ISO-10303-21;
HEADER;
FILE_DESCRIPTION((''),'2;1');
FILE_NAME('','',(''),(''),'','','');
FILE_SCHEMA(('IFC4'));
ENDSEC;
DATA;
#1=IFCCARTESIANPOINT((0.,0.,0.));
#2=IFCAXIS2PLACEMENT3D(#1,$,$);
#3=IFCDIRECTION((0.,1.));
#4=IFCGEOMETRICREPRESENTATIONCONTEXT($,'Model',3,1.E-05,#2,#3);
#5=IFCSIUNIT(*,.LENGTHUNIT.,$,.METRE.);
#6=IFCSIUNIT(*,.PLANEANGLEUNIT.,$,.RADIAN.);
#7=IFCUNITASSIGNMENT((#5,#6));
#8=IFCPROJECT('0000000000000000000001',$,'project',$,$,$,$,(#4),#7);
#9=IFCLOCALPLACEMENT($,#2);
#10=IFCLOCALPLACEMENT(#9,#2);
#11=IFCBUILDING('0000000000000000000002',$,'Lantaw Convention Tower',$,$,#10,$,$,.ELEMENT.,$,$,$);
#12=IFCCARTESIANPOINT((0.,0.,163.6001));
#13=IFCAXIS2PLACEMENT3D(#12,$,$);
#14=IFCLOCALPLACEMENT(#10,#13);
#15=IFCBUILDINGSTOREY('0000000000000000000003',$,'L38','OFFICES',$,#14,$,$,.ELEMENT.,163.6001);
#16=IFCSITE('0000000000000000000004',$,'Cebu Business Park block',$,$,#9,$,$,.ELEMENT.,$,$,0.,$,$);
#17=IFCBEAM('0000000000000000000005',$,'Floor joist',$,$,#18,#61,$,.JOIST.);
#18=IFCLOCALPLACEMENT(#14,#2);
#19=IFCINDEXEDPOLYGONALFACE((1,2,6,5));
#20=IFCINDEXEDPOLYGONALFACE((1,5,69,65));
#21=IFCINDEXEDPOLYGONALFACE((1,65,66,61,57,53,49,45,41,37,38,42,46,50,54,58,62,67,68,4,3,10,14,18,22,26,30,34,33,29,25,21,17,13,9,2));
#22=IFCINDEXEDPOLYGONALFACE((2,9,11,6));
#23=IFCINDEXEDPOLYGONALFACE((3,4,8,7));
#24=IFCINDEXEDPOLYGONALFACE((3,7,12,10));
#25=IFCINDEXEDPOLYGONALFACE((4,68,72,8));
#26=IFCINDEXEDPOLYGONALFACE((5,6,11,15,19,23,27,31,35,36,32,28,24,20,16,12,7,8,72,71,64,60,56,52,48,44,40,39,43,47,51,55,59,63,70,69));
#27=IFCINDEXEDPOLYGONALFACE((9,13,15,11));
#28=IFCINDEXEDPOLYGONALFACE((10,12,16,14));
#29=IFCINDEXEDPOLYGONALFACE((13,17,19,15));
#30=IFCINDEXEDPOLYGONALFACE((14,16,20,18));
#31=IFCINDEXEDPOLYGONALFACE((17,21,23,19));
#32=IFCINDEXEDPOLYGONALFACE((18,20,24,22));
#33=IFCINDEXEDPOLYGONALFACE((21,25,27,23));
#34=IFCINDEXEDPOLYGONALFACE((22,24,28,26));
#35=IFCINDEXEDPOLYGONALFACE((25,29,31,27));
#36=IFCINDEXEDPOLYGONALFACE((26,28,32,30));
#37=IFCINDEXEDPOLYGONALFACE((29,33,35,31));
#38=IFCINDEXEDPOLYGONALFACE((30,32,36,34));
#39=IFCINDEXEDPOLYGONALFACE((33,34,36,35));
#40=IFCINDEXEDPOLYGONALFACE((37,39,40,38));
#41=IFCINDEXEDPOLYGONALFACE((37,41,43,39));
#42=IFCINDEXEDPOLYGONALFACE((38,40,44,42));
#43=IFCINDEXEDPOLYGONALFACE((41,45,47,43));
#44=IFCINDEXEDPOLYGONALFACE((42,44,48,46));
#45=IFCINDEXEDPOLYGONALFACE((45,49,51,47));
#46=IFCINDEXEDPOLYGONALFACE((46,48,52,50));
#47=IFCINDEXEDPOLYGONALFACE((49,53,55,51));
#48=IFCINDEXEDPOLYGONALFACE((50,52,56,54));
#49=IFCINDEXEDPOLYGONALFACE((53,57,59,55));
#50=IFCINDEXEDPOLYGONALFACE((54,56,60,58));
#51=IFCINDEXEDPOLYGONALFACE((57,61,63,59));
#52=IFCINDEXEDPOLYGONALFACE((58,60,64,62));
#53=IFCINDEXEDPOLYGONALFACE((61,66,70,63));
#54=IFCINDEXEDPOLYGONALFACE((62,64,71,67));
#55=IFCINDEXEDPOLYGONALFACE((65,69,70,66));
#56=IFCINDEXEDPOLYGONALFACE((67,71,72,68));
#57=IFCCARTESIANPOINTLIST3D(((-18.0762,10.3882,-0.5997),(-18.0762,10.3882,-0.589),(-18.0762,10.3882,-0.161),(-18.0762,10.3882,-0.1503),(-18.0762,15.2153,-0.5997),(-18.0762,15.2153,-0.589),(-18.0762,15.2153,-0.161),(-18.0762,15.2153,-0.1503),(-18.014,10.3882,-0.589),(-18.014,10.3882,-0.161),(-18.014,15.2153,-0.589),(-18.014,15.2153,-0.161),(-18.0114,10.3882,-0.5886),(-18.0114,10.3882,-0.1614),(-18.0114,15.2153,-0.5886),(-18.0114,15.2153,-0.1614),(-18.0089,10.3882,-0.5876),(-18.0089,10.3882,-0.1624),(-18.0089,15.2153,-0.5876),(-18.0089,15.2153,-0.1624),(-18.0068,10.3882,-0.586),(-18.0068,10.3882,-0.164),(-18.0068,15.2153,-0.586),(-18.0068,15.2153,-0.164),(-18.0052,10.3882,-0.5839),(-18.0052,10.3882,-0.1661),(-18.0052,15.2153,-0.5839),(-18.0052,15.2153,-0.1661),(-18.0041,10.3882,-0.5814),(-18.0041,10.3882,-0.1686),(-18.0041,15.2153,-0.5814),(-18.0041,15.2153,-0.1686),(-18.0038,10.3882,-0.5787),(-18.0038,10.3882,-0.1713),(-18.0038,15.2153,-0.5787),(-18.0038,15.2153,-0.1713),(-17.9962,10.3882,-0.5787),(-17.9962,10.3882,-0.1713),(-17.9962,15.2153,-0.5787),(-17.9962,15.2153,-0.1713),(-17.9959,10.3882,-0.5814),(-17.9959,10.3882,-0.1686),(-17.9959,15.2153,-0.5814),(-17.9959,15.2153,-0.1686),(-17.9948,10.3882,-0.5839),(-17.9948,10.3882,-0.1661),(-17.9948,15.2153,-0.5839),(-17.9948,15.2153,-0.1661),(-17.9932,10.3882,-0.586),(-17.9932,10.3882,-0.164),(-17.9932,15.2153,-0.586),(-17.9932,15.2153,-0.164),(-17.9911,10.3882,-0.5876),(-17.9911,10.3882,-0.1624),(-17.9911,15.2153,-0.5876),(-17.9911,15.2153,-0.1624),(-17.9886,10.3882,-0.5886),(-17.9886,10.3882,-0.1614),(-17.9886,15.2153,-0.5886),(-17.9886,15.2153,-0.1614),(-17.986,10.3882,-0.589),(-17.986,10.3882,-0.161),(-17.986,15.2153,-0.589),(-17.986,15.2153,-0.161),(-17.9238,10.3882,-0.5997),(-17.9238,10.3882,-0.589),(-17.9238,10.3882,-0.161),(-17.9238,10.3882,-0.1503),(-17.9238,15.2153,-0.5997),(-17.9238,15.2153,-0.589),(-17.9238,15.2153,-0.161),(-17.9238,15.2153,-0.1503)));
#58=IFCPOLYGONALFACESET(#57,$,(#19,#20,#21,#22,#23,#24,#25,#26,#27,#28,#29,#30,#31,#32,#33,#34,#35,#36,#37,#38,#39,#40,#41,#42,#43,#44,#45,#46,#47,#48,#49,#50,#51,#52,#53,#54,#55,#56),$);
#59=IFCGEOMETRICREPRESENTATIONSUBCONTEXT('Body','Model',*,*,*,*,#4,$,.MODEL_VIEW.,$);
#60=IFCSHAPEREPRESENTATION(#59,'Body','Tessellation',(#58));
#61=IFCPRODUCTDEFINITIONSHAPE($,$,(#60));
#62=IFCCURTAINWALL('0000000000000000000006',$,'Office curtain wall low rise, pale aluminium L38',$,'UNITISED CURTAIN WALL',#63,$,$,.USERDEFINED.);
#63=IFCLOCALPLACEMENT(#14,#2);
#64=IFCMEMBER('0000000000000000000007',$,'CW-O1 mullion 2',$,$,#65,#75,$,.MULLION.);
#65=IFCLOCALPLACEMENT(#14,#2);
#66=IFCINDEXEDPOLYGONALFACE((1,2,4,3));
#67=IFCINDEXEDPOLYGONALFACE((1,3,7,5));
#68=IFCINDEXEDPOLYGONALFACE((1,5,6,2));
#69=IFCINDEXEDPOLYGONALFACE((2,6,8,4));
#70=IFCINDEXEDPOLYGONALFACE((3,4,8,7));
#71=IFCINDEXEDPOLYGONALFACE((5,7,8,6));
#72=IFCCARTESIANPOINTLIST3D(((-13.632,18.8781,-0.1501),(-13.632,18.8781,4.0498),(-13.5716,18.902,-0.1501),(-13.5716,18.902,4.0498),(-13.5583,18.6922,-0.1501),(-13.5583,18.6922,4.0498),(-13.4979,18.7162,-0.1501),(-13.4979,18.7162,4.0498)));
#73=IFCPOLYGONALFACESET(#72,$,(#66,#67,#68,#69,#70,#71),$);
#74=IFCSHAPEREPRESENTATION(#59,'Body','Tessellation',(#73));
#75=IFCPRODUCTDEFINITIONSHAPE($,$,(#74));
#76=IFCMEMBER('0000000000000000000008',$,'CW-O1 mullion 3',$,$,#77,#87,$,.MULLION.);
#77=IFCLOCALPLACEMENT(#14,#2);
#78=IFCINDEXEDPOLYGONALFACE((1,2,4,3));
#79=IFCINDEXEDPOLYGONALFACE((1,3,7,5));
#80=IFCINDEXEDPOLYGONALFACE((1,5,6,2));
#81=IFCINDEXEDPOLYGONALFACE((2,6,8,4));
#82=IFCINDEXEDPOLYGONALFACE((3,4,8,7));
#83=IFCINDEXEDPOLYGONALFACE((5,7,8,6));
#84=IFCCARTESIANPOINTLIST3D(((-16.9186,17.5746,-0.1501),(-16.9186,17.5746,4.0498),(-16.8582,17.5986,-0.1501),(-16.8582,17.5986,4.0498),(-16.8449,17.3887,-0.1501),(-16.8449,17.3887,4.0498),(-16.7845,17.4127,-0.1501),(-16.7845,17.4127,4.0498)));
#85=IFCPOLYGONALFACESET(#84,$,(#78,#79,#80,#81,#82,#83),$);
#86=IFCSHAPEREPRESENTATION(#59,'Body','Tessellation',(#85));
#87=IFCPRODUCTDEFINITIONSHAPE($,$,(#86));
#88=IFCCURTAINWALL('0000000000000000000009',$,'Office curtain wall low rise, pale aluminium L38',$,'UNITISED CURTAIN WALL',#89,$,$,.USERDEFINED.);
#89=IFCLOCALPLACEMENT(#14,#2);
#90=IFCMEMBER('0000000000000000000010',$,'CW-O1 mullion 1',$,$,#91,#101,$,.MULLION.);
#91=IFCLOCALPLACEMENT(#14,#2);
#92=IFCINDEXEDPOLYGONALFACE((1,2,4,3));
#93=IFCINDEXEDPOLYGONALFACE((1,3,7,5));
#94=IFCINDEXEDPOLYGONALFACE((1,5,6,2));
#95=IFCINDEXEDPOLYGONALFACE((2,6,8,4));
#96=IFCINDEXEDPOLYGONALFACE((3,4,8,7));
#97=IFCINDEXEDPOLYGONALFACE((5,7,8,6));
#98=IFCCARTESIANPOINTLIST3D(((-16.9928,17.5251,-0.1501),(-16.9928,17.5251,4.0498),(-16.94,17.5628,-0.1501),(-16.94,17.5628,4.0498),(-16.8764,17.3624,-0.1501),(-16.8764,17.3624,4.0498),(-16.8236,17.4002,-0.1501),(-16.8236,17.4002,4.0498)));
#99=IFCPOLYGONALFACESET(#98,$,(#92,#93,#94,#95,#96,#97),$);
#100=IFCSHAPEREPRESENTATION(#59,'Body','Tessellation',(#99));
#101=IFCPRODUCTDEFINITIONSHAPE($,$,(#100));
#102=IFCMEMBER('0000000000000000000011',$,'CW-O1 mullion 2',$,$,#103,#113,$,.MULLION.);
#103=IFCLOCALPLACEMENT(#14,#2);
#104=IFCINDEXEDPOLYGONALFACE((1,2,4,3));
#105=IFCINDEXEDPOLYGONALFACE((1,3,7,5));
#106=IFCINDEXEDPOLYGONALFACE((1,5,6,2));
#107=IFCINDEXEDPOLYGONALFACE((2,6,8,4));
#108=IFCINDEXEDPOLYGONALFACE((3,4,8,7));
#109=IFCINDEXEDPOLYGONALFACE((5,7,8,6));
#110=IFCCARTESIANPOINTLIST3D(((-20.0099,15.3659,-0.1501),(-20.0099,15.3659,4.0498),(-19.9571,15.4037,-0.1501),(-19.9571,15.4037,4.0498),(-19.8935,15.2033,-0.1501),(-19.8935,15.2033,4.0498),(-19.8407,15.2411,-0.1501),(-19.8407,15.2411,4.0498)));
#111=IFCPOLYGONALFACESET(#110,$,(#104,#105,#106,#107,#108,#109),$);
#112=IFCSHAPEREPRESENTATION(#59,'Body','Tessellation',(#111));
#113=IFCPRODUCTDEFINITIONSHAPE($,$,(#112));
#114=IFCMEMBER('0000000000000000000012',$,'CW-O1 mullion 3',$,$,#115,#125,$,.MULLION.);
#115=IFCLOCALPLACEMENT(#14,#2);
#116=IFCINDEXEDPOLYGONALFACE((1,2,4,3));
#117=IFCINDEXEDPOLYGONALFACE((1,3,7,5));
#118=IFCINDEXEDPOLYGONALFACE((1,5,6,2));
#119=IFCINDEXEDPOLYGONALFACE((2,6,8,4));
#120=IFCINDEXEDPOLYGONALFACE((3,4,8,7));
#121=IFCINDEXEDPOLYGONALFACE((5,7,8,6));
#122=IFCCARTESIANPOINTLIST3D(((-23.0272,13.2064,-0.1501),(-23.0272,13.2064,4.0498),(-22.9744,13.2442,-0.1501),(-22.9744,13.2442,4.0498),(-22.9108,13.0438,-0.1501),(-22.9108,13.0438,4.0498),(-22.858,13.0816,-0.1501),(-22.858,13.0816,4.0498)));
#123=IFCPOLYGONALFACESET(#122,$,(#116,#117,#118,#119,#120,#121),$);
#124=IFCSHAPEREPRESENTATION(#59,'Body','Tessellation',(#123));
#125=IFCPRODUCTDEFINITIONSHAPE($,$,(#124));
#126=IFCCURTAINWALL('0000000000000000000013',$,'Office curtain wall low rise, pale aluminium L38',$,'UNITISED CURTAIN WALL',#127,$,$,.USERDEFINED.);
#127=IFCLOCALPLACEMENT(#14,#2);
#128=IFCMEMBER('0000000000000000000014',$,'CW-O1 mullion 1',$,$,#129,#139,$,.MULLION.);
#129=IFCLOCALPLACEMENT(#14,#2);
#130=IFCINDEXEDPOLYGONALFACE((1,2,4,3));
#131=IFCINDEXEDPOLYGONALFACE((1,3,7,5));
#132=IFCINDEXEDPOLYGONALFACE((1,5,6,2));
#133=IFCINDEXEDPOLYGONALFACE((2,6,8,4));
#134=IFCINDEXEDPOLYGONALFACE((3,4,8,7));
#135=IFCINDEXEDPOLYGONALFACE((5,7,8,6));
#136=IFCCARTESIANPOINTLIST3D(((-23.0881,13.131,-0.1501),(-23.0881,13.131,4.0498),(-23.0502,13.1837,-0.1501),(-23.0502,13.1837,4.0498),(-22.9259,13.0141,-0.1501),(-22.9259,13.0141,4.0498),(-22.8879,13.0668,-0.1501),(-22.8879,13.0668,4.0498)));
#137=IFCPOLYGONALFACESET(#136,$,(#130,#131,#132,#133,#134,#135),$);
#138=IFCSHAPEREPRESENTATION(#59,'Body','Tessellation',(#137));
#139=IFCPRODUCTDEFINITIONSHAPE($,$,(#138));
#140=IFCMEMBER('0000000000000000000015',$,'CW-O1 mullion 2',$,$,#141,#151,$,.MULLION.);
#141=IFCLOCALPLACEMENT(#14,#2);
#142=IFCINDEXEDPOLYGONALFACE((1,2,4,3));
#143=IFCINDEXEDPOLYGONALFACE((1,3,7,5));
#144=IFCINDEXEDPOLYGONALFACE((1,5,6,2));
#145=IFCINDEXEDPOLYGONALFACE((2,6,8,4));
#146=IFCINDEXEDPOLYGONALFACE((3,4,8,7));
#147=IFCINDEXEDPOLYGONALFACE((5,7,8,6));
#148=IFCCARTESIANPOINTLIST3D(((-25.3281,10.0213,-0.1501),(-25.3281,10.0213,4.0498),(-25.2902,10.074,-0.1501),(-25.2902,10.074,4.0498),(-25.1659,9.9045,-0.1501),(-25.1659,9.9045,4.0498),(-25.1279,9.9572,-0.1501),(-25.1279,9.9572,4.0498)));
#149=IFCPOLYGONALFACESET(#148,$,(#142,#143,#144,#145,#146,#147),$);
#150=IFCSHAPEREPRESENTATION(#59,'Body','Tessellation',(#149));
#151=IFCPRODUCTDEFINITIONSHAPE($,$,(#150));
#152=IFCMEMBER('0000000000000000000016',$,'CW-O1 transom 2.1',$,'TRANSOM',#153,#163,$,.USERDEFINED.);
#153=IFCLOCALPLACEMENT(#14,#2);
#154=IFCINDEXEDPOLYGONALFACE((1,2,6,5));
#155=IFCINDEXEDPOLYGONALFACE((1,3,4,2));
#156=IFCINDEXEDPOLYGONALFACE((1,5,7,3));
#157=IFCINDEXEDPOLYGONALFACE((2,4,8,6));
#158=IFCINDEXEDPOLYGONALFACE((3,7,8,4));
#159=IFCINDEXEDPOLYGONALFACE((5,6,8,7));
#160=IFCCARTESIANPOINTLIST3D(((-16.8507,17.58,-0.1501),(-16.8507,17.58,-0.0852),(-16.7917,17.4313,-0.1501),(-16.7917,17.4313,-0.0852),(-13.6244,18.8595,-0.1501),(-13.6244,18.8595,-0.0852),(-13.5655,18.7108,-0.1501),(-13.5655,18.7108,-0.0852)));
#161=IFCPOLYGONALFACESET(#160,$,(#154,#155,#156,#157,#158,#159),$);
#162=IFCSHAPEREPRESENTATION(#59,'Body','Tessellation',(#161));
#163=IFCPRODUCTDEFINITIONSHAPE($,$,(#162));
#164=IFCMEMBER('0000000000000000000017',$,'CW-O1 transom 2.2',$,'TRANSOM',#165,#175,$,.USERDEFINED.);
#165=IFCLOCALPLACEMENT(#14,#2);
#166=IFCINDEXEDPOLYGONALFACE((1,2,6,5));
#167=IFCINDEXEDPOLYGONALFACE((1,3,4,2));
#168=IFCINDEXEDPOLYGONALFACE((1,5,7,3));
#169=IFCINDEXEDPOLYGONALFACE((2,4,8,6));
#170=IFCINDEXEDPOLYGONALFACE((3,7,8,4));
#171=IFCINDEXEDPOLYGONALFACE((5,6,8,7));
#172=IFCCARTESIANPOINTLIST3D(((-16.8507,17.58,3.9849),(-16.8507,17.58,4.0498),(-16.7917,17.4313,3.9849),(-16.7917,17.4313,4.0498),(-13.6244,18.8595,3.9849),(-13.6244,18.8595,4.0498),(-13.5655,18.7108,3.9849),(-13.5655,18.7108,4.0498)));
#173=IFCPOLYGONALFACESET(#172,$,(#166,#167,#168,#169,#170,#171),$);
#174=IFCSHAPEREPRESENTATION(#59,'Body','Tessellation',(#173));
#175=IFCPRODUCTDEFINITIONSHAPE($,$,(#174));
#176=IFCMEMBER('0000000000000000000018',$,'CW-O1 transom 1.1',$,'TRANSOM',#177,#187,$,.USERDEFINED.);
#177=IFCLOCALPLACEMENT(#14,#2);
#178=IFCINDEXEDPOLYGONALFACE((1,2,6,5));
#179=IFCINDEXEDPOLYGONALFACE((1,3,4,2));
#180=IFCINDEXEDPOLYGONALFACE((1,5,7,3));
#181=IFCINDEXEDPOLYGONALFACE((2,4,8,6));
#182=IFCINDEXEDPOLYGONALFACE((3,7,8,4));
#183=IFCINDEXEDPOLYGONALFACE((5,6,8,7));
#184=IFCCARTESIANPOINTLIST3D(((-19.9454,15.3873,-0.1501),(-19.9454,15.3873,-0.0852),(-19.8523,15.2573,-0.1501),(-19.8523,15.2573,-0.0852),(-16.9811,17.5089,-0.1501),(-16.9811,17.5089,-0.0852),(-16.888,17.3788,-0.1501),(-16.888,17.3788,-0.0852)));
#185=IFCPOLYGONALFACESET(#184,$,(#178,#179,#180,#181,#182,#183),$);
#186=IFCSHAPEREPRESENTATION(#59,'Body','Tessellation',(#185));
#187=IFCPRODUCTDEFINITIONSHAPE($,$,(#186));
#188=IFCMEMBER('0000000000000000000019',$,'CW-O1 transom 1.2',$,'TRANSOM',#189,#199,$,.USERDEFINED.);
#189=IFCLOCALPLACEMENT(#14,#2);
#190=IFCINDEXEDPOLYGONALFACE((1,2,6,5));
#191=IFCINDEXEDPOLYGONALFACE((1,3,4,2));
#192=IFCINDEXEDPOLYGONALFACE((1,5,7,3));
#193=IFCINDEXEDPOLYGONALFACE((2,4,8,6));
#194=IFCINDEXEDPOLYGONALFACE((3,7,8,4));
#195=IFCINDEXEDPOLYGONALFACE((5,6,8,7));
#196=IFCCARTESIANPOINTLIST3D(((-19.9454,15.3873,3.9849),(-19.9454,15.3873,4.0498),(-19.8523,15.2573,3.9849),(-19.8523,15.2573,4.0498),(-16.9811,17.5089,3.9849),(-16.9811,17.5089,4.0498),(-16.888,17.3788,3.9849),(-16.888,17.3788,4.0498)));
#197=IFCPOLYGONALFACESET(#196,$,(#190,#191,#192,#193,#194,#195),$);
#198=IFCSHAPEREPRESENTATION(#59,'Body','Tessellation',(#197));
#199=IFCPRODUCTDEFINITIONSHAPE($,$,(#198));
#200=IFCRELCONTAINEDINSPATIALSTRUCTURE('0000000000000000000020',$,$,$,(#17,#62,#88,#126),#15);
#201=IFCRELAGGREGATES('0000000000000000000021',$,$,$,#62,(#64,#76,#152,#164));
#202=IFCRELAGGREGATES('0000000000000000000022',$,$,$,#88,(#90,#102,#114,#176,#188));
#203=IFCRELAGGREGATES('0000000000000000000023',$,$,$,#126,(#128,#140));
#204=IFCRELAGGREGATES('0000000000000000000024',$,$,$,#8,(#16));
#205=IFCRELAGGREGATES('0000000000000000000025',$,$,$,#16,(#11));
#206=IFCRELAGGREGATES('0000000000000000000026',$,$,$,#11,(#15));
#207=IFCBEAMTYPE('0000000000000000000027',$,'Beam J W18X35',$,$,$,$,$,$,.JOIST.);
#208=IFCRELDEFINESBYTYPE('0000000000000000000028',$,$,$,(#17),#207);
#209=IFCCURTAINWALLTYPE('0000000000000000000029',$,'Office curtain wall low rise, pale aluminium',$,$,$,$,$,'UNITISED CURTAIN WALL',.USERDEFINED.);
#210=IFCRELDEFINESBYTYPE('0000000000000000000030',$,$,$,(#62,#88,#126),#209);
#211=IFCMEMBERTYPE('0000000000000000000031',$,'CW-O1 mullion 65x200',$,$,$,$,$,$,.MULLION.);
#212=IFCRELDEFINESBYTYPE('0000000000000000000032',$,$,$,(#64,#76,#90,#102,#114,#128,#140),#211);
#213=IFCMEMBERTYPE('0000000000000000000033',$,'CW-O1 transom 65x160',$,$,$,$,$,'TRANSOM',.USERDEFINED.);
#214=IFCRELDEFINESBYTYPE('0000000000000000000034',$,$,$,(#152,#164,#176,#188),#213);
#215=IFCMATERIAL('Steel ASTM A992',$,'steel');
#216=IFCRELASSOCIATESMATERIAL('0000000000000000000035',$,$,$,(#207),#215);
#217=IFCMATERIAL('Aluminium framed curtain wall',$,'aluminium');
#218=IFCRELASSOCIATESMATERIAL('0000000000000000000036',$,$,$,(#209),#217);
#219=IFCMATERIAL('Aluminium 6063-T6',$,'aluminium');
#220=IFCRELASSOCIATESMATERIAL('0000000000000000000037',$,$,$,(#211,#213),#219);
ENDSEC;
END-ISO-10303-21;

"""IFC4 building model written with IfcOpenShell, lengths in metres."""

from ifc_helpers import new_model, si_unit, direction, frame, origin, origin_2d, place, context, subcontext, project, spatial, rectangle, i_section, extrude, material, material_profile, profile_set, type_object, element, aggregate, save


model = new_model("IFC4")

# Units and contexts
model_context = context("Model", 3, precision=1e-05, world=origin(), true_north=direction((0.0, 1.0)))
body_context = subcontext(model_context, "Body", "Model", "MODEL_VIEW")
ifc_project = project(units=[si_unit("LENGTHUNIT", "METRE"), si_unit("PLANEANGLEUNIT", "RADIAN")], contexts=[model_context])

# Site, building, storey
site_placement = place(None, origin())
site = spatial("IfcSite", under=ifc_project, at=site_placement, Name="Cebu Business Park block", CompositionType="ELEMENT", RefElevation=0.0)
building_placement = place(site_placement, origin())
building = spatial("IfcBuilding", under=site, at=building_placement, Name="Lantaw Convention Tower", CompositionType="ELEMENT")
storey_placement = place(building_placement, frame((0.0, 0.0, 163.6001)))
storey = spatial("IfcBuildingStorey", under=building, at=storey_placement, Name="L38", Description="OFFICES", CompositionType="ELEMENT", Elevation=163.6001)

# Beam
ifc_material_1 = material(Name="Steel ASTM A992", Category="steel")
ifc_material_profile_1 = material_profile(ifc_material_1, i_section(OverallWidth=0.1523, OverallDepth=0.4495, WebThickness=0.0076, FlangeThickness=0.0107, FilletRadius=0.0103, at=origin_2d()), Name="W18X35")
ifc_profile_set_1 = profile_set([ifc_material_profile_1], Name="Steel ASTM A992")
beam_type_1 = type_object("IfcBeamType", Name="Beam J W18X35", PredefinedType="JOIST", material=ifc_profile_set_1)
beam_1_placement = place(storey_placement, frame((-18.0, 10.3882, -0.375), z_axis=(0.0, 1.0, 0.0), x_axis=(-1.0, 0.0, 0.0)))
element("IfcBeam", 1, at=beam_1_placement, inside=storey, type_object=beam_type_1, Name="Floor joist", PredefinedType="JOIST", context=body_context, shape_type="SweptSolid", body=[
    extrude(i_section(OverallWidth=0.1523, OverallDepth=0.4495, WebThickness=0.0076, FlangeThickness=0.0107, FilletRadius=0.0103, at=origin_2d()), origin(), (0.0, 0.0, 1.0), 4.8271),
])

# Curtain walls, members
ifc_material_2 = material(Name="Aluminium framed curtain wall", Category="aluminium")
curtain_wall_type = type_object("IfcCurtainWallType", Name="Office curtain wall low rise, pale aluminium", ElementType="UNITISED CURTAIN WALL", PredefinedType="USERDEFINED", material=ifc_material_2)
curtain_wall_1_placement = place(storey_placement, origin())
curtain_wall_1 = element("IfcCurtainWall", 2, at=curtain_wall_1_placement, inside=storey, type_object=curtain_wall_type, Name="Office curtain wall low rise, pale aluminium L38", ObjectType="UNITISED CURTAIN WALL", PredefinedType="USERDEFINED")
ifc_material_3 = material(Name="Aluminium 6063-T6", Category="aluminium")
ifc_material_profile_2 = material_profile(ifc_material_3, rectangle(XDim=0.2, YDim=0.0649, at=origin_2d()), Name="CW-O1 mullion 65x200")
ifc_profile_set_2 = profile_set([ifc_material_profile_2], Name="Aluminium 6063-T6")
member_type_1 = type_object("IfcMemberType", Name="CW-O1 mullion 65x200", PredefinedType="MULLION", material=ifc_profile_set_2)
member_1_placement = place(storey_placement, frame((-13.5649, 18.7971, -0.1501), z_axis=(0.0, 0.0, 1.0), x_axis=(0.368702, -0.929548, 0.0)))
member_1 = element("IfcMember", 3, at=member_1_placement, type_object=member_type_1, Name="CW-O1 mullion 2", PredefinedType="MULLION", context=body_context, shape_type="SweptSolid", body=[
    extrude(rectangle(XDim=0.2, YDim=0.0649, at=origin_2d()), origin(), (0.0, 0.0, 1.0), 4.2),
])
member_2_placement = place(storey_placement, frame((-16.8516, 17.4937, -0.1501), z_axis=(0.0, 0.0, 1.0), x_axis=(0.368702, -0.929548, 0.0)))
member_2 = element("IfcMember", 4, at=member_2_placement, type_object=member_type_1, Name="CW-O1 mullion 3", PredefinedType="MULLION", context=body_context, shape_type="SweptSolid", body=[
    extrude(rectangle(XDim=0.2, YDim=0.0649, at=origin_2d()), origin(), (0.0, 0.0, 1.0), 4.2),
])
curtain_wall_2_placement = place(storey_placement, origin())
curtain_wall_2 = element("IfcCurtainWall", 5, at=curtain_wall_2_placement, inside=storey, type_object=curtain_wall_type, Name="Office curtain wall low rise, pale aluminium L38", ObjectType="UNITISED CURTAIN WALL", PredefinedType="USERDEFINED")
member_3_placement = place(storey_placement, frame((-16.9082, 17.4626, -0.1501), z_axis=(0.0, 0.0, 1.0), x_axis=(0.581973, -0.813208, 0.0)))
member_3 = element("IfcMember", 6, at=member_3_placement, type_object=member_type_1, Name="CW-O1 mullion 1", PredefinedType="MULLION", context=body_context, shape_type="SweptSolid", body=[
    extrude(rectangle(XDim=0.2, YDim=0.0649, at=origin_2d()), origin(), (0.0, 0.0, 1.0), 4.2),
])
member_4_placement = place(storey_placement, frame((-19.9253, 15.3035, -0.1501), z_axis=(0.0, 0.0, 1.0), x_axis=(0.581973, -0.813208, 0.0)))
member_4 = element("IfcMember", 7, at=member_4_placement, type_object=member_type_1, Name="CW-O1 mullion 2", PredefinedType="MULLION", context=body_context, shape_type="SweptSolid", body=[
    extrude(rectangle(XDim=0.2, YDim=0.0649, at=origin_2d()), origin(), (0.0, 0.0, 1.0), 4.2),
])
member_5_placement = place(storey_placement, frame((-22.9426, 13.144, -0.1501), z_axis=(0.0, 0.0, 1.0), x_axis=(0.581973, -0.813208, 0.0)))
member_5 = element("IfcMember", 8, at=member_5_placement, type_object=member_type_1, Name="CW-O1 mullion 3", PredefinedType="MULLION", context=body_context, shape_type="SweptSolid", body=[
    extrude(rectangle(XDim=0.2, YDim=0.0649, at=origin_2d()), origin(), (0.0, 0.0, 1.0), 4.2),
])
curtain_wall_3_placement = place(storey_placement, origin())
curtain_wall_3 = element("IfcCurtainWall", 9, at=curtain_wall_3_placement, inside=storey, type_object=curtain_wall_type, Name="Office curtain wall low rise, pale aluminium L38", ObjectType="UNITISED CURTAIN WALL", PredefinedType="USERDEFINED")
member_6_placement = place(storey_placement, frame((-22.988, 13.0989, -0.1501), z_axis=(0.0, 0.0, 1.0), x_axis=(0.811385, -0.584513, 0.0)))
member_6 = element("IfcMember", 10, at=member_6_placement, type_object=member_type_1, Name="CW-O1 mullion 1", PredefinedType="MULLION", context=body_context, shape_type="SweptSolid", body=[
    extrude(rectangle(XDim=0.2, YDim=0.0649, at=origin_2d()), origin(), (0.0, 0.0, 1.0), 4.2),
])
member_7_placement = place(storey_placement, frame((-25.228, 9.9893, -0.1501), z_axis=(0.0, 0.0, 1.0), x_axis=(0.811385, -0.584513, 0.0)))
member_7 = element("IfcMember", 11, at=member_7_placement, type_object=member_type_1, Name="CW-O1 mullion 2", PredefinedType="MULLION", context=body_context, shape_type="SweptSolid", body=[
    extrude(rectangle(XDim=0.2, YDim=0.0649, at=origin_2d()), origin(), (0.0, 0.0, 1.0), 4.2),
])

# Members
ifc_material_profile_3 = material_profile(ifc_material_3, rectangle(XDim=0.1599, YDim=0.0649, at=origin_2d()), Name="CW-O1 transom 65x160")
ifc_profile_set_3 = profile_set([ifc_material_profile_3], Name="Aluminium 6063-T6")
member_type_2 = type_object("IfcMemberType", Name="CW-O1 transom 65x160", ElementType="TRANSOM", PredefinedType="USERDEFINED", material=ifc_profile_set_3)
member_8_placement = place(storey_placement, frame((-13.595, 18.7852, -0.1177), z_axis=(-0.929564, -0.36866, 0.0), x_axis=(0.36866, -0.929564, 0.0)))
member_8 = element("IfcMember", 12, at=member_8_placement, type_object=member_type_2, Name="CW-O1 transom 2.1", ObjectType="TRANSOM", PredefinedType="USERDEFINED", context=body_context, shape_type="SweptSolid", body=[
    extrude(rectangle(XDim=0.1599, YDim=0.0649, at=origin_2d()), origin(), (0.0, 0.0, 1.0), 3.4707),
])
member_9_placement = place(storey_placement, frame((-13.595, 18.7852, 4.0173), z_axis=(-0.929564, -0.36866, 0.0), x_axis=(0.36866, -0.929564, 0.0)))
member_9 = element("IfcMember", 13, at=member_9_placement, type_object=member_type_2, Name="CW-O1 transom 2.2", ObjectType="TRANSOM", PredefinedType="USERDEFINED", context=body_context, shape_type="SweptSolid", body=[
    extrude(rectangle(XDim=0.1599, YDim=0.0649, at=origin_2d()), origin(), (0.0, 0.0, 1.0), 3.4707),
])
member_10_placement = place(storey_placement, frame((-16.9346, 17.4438, -0.1177), z_axis=(-0.81319, -0.581998, 0.0), x_axis=(0.581998, -0.81319, 0.0)))
member_10 = element("IfcMember", 14, at=member_10_placement, type_object=member_type_2, Name="CW-O1 transom 1.1", ObjectType="TRANSOM", PredefinedType="USERDEFINED", context=body_context, shape_type="SweptSolid", body=[
    extrude(rectangle(XDim=0.1599, YDim=0.0649, at=origin_2d()), origin(), (0.0, 0.0, 1.0), 3.6453),
])
member_11_placement = place(storey_placement, frame((-16.9346, 17.4438, 4.0173), z_axis=(-0.81319, -0.581998, 0.0), x_axis=(0.581998, -0.81319, 0.0)))
member_11 = element("IfcMember", 15, at=member_11_placement, type_object=member_type_2, Name="CW-O1 transom 1.2", ObjectType="TRANSOM", PredefinedType="USERDEFINED", context=body_context, shape_type="SweptSolid", body=[
    extrude(rectangle(XDim=0.1599, YDim=0.0649, at=origin_2d()), origin(), (0.0, 0.0, 1.0), 3.6453),
])

aggregate(curtain_wall_1, [member_1, member_2, member_8, member_9])
aggregate(curtain_wall_2, [member_3, member_4, member_5, member_10, member_11])
aggregate(curtain_wall_3, [member_6, member_7])

save(model, "model.ifc")
